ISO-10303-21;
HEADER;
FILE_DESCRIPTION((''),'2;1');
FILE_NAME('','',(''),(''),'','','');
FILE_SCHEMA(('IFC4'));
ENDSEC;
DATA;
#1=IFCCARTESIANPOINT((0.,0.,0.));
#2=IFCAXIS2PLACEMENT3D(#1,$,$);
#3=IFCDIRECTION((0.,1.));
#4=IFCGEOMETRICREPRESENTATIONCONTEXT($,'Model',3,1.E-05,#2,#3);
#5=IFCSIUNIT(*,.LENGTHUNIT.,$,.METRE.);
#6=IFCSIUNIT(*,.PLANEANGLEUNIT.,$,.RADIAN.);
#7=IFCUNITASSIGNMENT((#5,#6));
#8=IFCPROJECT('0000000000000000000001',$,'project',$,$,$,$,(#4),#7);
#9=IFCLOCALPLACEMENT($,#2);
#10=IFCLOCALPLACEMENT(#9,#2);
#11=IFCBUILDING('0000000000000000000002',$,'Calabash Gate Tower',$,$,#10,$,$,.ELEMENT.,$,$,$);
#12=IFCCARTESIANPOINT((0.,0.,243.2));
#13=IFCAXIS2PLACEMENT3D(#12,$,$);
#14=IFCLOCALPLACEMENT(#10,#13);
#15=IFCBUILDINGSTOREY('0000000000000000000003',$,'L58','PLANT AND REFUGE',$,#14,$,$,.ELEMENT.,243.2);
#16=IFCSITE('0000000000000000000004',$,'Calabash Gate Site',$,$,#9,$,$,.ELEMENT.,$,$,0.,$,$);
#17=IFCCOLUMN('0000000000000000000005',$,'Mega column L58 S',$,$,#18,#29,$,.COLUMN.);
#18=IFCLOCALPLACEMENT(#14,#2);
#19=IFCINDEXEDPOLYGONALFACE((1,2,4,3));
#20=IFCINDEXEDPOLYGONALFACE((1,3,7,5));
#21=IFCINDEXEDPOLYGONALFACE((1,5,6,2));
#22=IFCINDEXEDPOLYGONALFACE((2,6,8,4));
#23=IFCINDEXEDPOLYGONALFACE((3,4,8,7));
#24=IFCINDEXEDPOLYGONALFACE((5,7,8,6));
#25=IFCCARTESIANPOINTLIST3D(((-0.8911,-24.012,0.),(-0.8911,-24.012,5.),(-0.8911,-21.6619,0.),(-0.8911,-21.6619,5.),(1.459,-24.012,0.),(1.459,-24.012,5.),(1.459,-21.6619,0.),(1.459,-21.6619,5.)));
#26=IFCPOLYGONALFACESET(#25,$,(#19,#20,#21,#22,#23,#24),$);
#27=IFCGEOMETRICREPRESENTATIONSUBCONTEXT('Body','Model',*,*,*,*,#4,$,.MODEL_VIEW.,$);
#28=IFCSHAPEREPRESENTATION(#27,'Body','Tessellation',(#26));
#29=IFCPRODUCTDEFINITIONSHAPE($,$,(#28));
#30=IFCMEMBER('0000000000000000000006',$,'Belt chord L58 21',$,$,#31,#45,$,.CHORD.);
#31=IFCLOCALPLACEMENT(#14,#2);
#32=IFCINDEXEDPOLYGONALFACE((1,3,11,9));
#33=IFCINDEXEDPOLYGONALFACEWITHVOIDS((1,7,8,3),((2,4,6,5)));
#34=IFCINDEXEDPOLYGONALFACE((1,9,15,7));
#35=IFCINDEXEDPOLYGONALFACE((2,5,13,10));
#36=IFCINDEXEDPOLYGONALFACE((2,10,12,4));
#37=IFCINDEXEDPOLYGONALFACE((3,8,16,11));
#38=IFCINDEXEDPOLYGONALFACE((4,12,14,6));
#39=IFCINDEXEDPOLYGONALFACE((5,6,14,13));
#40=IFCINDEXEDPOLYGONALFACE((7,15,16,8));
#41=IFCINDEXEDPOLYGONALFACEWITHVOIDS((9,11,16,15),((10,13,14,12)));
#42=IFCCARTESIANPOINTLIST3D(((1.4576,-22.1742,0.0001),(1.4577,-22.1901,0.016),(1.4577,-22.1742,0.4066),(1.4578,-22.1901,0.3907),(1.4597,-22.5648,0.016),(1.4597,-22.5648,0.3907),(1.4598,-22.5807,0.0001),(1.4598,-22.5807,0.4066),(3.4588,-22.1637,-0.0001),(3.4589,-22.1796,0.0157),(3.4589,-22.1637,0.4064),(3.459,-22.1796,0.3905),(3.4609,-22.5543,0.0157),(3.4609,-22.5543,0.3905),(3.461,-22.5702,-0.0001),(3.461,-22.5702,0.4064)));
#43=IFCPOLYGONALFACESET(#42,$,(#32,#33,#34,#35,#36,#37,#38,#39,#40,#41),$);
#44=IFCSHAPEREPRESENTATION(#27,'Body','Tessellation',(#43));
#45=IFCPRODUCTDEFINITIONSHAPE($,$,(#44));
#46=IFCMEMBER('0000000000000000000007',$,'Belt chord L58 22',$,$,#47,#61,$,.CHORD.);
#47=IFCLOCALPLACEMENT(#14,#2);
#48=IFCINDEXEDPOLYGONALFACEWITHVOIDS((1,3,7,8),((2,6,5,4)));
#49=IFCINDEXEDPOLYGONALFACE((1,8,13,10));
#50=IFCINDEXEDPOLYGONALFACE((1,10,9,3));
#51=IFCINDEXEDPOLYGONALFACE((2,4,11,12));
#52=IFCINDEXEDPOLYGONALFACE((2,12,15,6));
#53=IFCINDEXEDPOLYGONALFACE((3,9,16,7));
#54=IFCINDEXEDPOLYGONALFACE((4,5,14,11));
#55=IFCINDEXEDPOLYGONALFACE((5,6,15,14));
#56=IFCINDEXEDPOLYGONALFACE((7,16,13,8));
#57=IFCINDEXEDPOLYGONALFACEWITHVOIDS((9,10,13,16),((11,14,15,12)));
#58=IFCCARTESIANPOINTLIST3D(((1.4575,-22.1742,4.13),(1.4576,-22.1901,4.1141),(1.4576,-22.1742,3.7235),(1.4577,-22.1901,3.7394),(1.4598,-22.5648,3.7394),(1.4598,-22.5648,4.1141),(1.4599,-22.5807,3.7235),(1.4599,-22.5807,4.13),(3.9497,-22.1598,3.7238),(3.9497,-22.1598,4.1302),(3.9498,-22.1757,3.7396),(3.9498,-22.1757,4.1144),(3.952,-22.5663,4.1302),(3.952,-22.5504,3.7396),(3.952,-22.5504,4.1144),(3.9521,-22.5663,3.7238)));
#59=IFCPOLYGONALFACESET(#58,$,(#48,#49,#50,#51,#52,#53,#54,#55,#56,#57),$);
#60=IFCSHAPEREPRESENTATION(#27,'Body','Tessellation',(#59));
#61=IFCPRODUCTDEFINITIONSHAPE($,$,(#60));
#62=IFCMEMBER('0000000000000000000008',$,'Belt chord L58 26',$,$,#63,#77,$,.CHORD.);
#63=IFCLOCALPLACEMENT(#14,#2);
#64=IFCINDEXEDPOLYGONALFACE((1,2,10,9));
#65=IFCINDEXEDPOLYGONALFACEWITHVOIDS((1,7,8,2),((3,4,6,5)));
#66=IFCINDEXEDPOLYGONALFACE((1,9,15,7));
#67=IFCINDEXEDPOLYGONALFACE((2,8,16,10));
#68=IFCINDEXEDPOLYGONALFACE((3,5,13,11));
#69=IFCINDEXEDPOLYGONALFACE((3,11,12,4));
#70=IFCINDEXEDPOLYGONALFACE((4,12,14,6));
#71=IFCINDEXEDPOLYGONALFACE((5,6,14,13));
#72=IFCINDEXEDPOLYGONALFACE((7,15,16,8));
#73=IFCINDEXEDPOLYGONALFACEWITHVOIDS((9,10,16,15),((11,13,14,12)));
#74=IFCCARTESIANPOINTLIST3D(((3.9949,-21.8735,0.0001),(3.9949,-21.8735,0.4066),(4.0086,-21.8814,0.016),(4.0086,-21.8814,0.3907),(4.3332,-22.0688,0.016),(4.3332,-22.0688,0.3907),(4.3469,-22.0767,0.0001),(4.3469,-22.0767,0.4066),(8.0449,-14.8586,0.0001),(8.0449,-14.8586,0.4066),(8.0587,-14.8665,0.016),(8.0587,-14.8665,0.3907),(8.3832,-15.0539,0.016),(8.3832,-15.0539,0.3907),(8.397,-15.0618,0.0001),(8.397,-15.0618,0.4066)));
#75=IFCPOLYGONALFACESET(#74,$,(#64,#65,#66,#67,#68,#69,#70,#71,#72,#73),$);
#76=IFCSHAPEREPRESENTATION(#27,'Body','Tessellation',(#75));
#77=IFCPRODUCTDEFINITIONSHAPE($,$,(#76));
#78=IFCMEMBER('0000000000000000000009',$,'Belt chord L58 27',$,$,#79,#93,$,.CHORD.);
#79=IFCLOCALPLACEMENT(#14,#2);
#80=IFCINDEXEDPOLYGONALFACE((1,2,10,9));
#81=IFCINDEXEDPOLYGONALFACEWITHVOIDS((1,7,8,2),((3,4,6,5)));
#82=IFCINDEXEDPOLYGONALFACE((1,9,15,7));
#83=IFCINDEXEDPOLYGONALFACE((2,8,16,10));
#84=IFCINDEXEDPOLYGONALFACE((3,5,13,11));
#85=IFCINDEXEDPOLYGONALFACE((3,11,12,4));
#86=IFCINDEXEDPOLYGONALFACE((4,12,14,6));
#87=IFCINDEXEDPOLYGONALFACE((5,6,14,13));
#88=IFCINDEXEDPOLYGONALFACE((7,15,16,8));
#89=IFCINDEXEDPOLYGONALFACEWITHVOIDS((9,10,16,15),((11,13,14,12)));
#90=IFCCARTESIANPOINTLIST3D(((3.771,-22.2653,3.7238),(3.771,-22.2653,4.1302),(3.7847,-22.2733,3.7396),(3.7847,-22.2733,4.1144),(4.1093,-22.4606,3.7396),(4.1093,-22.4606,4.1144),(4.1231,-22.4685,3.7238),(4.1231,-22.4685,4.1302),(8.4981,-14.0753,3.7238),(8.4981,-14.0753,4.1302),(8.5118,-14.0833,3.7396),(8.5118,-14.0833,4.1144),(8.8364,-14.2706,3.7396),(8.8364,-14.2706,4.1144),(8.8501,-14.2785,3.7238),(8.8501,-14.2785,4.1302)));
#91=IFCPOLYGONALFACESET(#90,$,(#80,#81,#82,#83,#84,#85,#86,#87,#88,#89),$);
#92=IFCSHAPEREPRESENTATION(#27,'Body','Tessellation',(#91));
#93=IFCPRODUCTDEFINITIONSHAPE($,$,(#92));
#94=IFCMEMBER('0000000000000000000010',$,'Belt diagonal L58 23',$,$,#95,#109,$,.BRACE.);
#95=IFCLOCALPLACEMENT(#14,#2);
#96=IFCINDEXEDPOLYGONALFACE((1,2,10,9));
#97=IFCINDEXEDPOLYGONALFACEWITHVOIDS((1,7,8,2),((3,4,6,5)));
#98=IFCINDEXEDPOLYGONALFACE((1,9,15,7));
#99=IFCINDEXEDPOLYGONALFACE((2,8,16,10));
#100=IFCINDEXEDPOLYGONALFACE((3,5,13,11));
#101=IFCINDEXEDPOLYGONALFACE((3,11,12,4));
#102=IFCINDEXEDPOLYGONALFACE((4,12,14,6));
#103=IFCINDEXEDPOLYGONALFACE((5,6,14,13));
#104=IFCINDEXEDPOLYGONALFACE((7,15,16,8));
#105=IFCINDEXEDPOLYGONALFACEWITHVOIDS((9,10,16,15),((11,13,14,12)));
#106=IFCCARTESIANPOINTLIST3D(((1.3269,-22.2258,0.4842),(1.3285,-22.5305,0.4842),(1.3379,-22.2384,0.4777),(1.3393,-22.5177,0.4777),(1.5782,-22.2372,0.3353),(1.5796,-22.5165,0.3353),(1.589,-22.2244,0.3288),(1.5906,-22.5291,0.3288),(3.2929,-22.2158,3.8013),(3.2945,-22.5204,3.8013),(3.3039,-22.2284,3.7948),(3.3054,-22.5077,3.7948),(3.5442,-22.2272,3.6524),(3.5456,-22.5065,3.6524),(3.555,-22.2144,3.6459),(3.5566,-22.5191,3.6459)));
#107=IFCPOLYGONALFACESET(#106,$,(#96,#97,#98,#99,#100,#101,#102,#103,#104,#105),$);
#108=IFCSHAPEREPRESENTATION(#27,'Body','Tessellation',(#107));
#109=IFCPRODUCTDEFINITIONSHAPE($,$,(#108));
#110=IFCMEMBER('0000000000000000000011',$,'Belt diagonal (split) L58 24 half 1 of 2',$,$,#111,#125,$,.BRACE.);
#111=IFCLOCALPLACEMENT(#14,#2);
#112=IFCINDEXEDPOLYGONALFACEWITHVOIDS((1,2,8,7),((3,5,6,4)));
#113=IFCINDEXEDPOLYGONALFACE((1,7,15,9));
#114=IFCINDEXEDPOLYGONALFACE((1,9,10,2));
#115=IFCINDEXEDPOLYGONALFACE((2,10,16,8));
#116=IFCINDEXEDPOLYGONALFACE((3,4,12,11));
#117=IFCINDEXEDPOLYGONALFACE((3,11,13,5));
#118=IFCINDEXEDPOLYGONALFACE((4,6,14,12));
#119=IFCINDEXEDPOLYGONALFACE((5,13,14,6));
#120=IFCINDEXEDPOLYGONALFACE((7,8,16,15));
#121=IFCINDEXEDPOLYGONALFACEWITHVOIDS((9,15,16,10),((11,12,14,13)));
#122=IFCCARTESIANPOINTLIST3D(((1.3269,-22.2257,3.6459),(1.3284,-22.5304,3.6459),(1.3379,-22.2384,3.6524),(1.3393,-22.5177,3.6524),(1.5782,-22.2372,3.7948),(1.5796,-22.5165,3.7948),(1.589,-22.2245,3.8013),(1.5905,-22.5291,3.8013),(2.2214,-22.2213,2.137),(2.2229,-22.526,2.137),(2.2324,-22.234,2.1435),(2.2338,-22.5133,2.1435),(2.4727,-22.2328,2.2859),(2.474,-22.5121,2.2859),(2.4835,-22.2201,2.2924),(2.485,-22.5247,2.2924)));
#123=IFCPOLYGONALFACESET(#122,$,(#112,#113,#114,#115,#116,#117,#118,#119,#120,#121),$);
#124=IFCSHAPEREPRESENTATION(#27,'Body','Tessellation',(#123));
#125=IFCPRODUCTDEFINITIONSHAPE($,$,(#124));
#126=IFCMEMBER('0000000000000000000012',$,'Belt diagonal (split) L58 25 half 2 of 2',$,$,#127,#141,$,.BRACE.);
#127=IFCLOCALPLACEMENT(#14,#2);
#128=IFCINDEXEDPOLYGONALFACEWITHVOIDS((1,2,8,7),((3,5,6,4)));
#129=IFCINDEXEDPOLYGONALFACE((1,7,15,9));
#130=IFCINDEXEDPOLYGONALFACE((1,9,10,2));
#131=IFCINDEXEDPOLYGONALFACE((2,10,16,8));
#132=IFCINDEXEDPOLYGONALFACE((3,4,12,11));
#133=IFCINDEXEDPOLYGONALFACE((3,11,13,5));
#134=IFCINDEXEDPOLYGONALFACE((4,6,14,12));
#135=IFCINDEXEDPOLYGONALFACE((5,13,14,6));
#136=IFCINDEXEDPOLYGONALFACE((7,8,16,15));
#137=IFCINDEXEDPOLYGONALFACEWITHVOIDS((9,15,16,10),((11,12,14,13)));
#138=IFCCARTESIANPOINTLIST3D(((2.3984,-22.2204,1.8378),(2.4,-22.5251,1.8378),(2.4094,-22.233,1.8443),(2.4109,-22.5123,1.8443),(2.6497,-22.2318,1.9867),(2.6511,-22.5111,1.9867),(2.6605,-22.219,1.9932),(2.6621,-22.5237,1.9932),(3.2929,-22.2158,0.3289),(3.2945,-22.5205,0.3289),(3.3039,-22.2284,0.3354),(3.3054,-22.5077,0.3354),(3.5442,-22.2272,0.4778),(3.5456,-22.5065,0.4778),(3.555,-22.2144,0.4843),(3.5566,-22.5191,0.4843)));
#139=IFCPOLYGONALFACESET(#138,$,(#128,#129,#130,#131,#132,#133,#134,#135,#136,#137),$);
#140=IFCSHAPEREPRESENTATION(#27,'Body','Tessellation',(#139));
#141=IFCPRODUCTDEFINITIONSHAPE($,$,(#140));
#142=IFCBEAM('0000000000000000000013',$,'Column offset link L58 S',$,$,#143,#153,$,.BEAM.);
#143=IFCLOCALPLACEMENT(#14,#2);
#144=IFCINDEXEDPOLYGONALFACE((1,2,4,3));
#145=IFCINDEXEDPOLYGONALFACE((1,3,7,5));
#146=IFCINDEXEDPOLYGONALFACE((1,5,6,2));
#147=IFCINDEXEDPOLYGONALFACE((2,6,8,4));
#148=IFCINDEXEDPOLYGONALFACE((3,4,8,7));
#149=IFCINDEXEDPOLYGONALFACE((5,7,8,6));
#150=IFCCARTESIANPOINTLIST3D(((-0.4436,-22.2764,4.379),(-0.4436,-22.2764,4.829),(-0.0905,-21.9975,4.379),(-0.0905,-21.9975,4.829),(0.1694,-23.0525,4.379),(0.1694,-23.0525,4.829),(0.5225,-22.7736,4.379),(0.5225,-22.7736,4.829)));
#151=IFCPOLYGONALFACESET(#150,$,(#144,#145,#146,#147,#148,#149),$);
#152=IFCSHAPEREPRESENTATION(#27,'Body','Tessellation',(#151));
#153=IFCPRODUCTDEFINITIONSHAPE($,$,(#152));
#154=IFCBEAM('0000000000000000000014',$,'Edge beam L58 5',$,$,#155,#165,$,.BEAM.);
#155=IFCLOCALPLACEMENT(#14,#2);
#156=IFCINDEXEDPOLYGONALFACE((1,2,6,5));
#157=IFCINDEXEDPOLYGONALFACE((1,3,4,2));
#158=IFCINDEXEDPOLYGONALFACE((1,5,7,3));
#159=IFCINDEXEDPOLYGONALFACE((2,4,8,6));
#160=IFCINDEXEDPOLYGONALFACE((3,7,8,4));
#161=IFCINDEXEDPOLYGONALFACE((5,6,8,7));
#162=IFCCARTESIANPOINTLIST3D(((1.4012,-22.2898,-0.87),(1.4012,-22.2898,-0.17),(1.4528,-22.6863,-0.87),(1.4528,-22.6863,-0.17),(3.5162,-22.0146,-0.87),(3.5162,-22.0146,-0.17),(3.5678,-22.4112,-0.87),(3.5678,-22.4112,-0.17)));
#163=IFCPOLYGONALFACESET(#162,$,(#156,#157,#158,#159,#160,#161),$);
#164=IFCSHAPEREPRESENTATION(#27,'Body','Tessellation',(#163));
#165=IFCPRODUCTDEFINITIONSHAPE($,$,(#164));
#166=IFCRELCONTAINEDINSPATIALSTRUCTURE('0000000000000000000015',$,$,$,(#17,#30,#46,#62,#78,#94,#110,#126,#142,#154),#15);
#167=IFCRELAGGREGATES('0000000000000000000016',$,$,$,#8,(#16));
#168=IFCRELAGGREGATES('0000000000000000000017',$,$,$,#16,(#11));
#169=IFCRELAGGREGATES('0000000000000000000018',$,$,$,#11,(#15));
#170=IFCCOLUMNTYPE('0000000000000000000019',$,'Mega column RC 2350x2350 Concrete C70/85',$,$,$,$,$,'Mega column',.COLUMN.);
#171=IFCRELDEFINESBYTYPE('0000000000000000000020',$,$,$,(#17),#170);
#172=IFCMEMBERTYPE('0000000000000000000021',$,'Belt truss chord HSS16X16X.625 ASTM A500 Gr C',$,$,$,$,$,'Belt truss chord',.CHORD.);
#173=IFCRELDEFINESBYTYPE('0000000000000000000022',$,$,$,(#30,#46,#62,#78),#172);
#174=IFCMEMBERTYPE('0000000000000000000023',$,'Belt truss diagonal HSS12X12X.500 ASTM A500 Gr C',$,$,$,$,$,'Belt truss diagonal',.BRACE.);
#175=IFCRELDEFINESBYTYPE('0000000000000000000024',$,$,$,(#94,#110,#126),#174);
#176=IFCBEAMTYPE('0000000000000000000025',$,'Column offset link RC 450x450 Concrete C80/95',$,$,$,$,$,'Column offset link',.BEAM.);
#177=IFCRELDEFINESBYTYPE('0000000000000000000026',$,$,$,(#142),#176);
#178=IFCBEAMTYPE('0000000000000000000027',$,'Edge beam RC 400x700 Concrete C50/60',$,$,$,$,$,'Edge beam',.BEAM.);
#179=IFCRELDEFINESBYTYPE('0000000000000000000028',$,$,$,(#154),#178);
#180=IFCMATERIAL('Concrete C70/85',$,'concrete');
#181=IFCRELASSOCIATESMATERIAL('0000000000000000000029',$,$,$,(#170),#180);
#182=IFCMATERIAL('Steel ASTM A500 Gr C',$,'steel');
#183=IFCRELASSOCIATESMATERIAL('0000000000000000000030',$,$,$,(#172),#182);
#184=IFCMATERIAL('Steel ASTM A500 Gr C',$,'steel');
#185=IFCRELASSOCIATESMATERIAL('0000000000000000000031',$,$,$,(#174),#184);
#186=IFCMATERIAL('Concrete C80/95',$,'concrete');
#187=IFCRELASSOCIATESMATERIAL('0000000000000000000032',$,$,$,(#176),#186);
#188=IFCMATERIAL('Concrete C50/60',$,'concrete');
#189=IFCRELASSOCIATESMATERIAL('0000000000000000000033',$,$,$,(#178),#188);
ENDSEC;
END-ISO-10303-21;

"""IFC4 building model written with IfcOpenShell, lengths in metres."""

from ifc_helpers import new_model, si_unit, direction, frame, origin, origin_2d, place, context, subcontext, project, spatial, rectangle, hollow_rectangle, extrude, material, material_profile, profile_set, type_object, element, save


model = new_model("IFC4")

# Units and contexts
model_context = context("Model", 3, precision=1e-05, world=origin(), true_north=direction((0.0, 1.0)))
body_context = subcontext(model_context, "Body", "Model", "MODEL_VIEW")
ifc_project = project(units=[si_unit("LENGTHUNIT", "METRE"), si_unit("PLANEANGLEUNIT", "RADIAN")], contexts=[model_context])

# Site, building, storey
site_placement = place(None, origin())
site = spatial("IfcSite", under=ifc_project, at=site_placement, Name="Calabash Gate Site", CompositionType="ELEMENT", RefElevation=0.0)
building_placement = place(site_placement, origin())
building = spatial("IfcBuilding", under=site, at=building_placement, Name="Calabash Gate Tower", CompositionType="ELEMENT")
storey_placement = place(building_placement, frame((0.0, 0.0, 243.2)))
storey = spatial("IfcBuildingStorey", under=building, at=storey_placement, Name="L58", Description="PLANT AND REFUGE", CompositionType="ELEMENT", Elevation=243.2)

# Column
ifc_material_1 = material(Name="Concrete C70/85", Category="concrete")
ifc_material_profile_1 = material_profile(ifc_material_1, rectangle(XDim=2.3501, YDim=2.3501, at=origin_2d()))
ifc_profile_set_1 = profile_set([ifc_material_profile_1], Name="Concrete C70/85")
column_type_1 = type_object("IfcColumnType", Name="Mega column RC 2350x2350 Concrete C70/85", ElementType="Mega column", PredefinedType="COLUMN", material=ifc_profile_set_1)
column_1_placement = place(storey_placement, frame((0.2839, -22.8369, 0.0), z_axis=(0.0, 0.0, 1.0), x_axis=(0.0, 1.0, 0.0)))
element("IfcColumn", 1, at=column_1_placement, inside=storey, type_object=column_type_1, Name="Mega column L58 S", PredefinedType="COLUMN", context=body_context, shape_type="SweptSolid", body=[
    extrude(rectangle(XDim=2.3501, YDim=2.3501, at=origin_2d()), origin(), (0.0, 0.0, 1.0), 5.0),
])

# Members
ifc_material_2 = material(Name="Steel ASTM A500 Gr C", Category="steel")
ifc_material_profile_2 = material_profile(ifc_material_2, hollow_rectangle(XDim=0.4065, YDim=0.4065, WallThickness=0.0159, at=origin_2d()))
ifc_profile_set_2 = profile_set([ifc_material_profile_2], Name="Steel ASTM A500 Gr C")
member_type_1 = type_object("IfcMemberType", Name="Belt truss chord HSS16X16X.625 ASTM A500 Gr C", ElementType="Belt truss chord", PredefinedType="CHORD", material=ifc_profile_set_2)
member_1_placement = place(storey_placement, frame((1.4587, -22.3774, 0.2034), z_axis=(0.999986, 0.005246, -0.000122), x_axis=(-0.005246, 0.999986, 0.0)))
element("IfcMember", 2, at=member_1_placement, inside=storey, type_object=member_type_1, Name="Belt chord L58 21", PredefinedType="CHORD", context=body_context, shape_type="SweptSolid", body=[
    extrude(hollow_rectangle(XDim=0.4065, YDim=0.4065, WallThickness=0.0159, at=origin_2d()), origin(), (0.0, 0.0, 1.0), 2.0012),
])
member_2_placement = place(storey_placement, frame((1.4587, -22.3774, 3.9268), z_axis=(0.999983, 0.00578, 0.000098), x_axis=(-0.00578, 0.999983, 0.0)))
element("IfcMember", 3, at=member_2_placement, inside=storey, type_object=member_type_1, Name="Belt chord L58 22", PredefinedType="CHORD", context=body_context, shape_type="SweptSolid", body=[
    extrude(hollow_rectangle(XDim=0.4065, YDim=0.4065, WallThickness=0.0159, at=origin_2d()), origin(), (0.0, 0.0, 1.0), 2.4922),
])
member_3_placement = place(storey_placement, frame((4.1709, -21.9751, 0.2034), z_axis=(0.5, 0.866025, 0.0), x_axis=(-0.866025, 0.5, 0.0)))
element("IfcMember", 4, at=member_3_placement, inside=storey, type_object=member_type_1, Name="Belt chord L58 26", PredefinedType="CHORD", context=body_context, shape_type="SweptSolid", body=[
    extrude(hollow_rectangle(XDim=0.4065, YDim=0.4065, WallThickness=0.0159, at=origin_2d()), origin(), (0.0, 0.0, 1.0), 8.1001),
])
member_4_placement = place(storey_placement, frame((3.947, -22.3669, 3.927), z_axis=(0.499888, 0.86609, 0.0), x_axis=(-0.86609, 0.499888, 0.0)))
element("IfcMember", 5, at=member_4_placement, inside=storey, type_object=member_type_1, Name="Belt chord L58 27", PredefinedType="CHORD", context=body_context, shape_type="SweptSolid", body=[
    extrude(hollow_rectangle(XDim=0.4065, YDim=0.4065, WallThickness=0.0159, at=origin_2d()), origin(), (0.0, 0.0, 1.0), 9.4563),
])
ifc_material_3 = material(Name="Steel ASTM A500 Gr C", Category="steel")
ifc_material_profile_3 = material_profile(ifc_material_3, hollow_rectangle(XDim=0.3047, YDim=0.3047, WallThickness=0.0127, at=origin_2d()))
ifc_profile_set_3 = profile_set([ifc_material_profile_3], Name="Steel ASTM A500 Gr C")
member_type_2 = type_object("IfcMemberType", Name="Belt truss diagonal HSS12X12X.500 ASTM A500 Gr C", ElementType="Belt truss diagonal", PredefinedType="BRACE", material=ifc_profile_set_3)
member_5_placement = place(storey_placement, frame((1.4587, -22.3774, 0.4065), z_axis=(0.509868, 0.002596, 0.860249), x_axis=(-0.005091, 0.999987, 0.0)))
element("IfcMember", 6, at=member_5_placement, inside=storey, type_object=member_type_2, Name="Belt diagonal L58 23", PredefinedType="BRACE", context=body_context, shape_type="SweptSolid", body=[
    extrude(hollow_rectangle(XDim=0.3047, YDim=0.3047, WallThickness=0.0127, at=origin_2d()), origin(), (0.0, 0.0, 1.0), 3.856),
])
for number, where, z_axis, x_axis, name in (
    (7, (1.4587, -22.3774, 3.7236), (0.509923, 0.002505, -0.860216), (-0.004913, 0.999988, 0.0), "Belt diagonal (split) L58 24 half 1 of 2"),
    (8, (2.5303, -22.3721, 1.9155), (0.509923, 0.002644, -0.860216), (-0.005186, 0.999987, 0.0), "Belt diagonal (split) L58 25 half 2 of 2"),
):
    element("IfcMember", number, at=place(storey_placement, frame(where, z_axis=z_axis, x_axis=x_axis)), inside=storey, type_object=member_type_2, Name=name, PredefinedType="BRACE", context=body_context, shape_type="SweptSolid", body=[
        extrude(hollow_rectangle(XDim=0.3047, YDim=0.3047, WallThickness=0.0127, at=origin_2d()), origin(), (0.0, 0.0, 1.0), 1.7542),
    ])

# Beams
ifc_material_4 = material(Name="Concrete C80/95", Category="concrete")
ifc_material_profile_4 = material_profile(ifc_material_4, rectangle(XDim=0.45, YDim=0.45, at=origin_2d()))
ifc_profile_set_4 = profile_set([ifc_material_profile_4], Name="Concrete C80/95")
beam_type_1 = type_object("IfcBeamType", Name="Column offset link RC 450x450 Concrete C80/95", ElementType="Column offset link", PredefinedType="BEAM", material=ifc_profile_set_4)
beam_1_placement = place(storey_placement, frame((0.3459, -22.9131, 4.604), z_axis=(-0.619836, 0.784731, 0.0), x_axis=(-0.784731, -0.619836, 0.0)))
element("IfcBeam", 9, at=beam_1_placement, inside=storey, type_object=beam_type_1, Name="Column offset link L58 S", PredefinedType="BEAM", context=body_context, shape_type="SweptSolid", body=[
    extrude(rectangle(XDim=0.45, YDim=0.45, at=origin_2d()), origin(), (0.0, 0.0, 1.0), 0.989),
])
ifc_material_5 = material(Name="Concrete C50/60", Category="concrete")
ifc_material_profile_5 = material_profile(ifc_material_5, rectangle(XDim=0.3999, YDim=0.7, at=origin_2d()))
ifc_profile_set_5 = profile_set([ifc_material_profile_5], Name="Concrete C50/60")
beam_type_2 = type_object("IfcBeamType", Name="Edge beam RC 400x700 Concrete C50/60", ElementType="Edge beam", PredefinedType="BEAM", material=ifc_profile_set_5)
beam_2_placement = place(storey_placement, frame((1.427, -22.488, -0.52), z_axis=(0.991644, 0.129006, 0.0), x_axis=(-0.129006, 0.991644, 0.0)))
element("IfcBeam", 10, at=beam_2_placement, inside=storey, type_object=beam_type_2, Name="Edge beam L58 5", PredefinedType="BEAM", context=body_context, shape_type="SweptSolid", body=[
    extrude(rectangle(XDim=0.3999, YDim=0.7, at=origin_2d()), origin(), (0.0, 0.0, 1.0), 2.1328),
])

save(model, "model.ifc")
